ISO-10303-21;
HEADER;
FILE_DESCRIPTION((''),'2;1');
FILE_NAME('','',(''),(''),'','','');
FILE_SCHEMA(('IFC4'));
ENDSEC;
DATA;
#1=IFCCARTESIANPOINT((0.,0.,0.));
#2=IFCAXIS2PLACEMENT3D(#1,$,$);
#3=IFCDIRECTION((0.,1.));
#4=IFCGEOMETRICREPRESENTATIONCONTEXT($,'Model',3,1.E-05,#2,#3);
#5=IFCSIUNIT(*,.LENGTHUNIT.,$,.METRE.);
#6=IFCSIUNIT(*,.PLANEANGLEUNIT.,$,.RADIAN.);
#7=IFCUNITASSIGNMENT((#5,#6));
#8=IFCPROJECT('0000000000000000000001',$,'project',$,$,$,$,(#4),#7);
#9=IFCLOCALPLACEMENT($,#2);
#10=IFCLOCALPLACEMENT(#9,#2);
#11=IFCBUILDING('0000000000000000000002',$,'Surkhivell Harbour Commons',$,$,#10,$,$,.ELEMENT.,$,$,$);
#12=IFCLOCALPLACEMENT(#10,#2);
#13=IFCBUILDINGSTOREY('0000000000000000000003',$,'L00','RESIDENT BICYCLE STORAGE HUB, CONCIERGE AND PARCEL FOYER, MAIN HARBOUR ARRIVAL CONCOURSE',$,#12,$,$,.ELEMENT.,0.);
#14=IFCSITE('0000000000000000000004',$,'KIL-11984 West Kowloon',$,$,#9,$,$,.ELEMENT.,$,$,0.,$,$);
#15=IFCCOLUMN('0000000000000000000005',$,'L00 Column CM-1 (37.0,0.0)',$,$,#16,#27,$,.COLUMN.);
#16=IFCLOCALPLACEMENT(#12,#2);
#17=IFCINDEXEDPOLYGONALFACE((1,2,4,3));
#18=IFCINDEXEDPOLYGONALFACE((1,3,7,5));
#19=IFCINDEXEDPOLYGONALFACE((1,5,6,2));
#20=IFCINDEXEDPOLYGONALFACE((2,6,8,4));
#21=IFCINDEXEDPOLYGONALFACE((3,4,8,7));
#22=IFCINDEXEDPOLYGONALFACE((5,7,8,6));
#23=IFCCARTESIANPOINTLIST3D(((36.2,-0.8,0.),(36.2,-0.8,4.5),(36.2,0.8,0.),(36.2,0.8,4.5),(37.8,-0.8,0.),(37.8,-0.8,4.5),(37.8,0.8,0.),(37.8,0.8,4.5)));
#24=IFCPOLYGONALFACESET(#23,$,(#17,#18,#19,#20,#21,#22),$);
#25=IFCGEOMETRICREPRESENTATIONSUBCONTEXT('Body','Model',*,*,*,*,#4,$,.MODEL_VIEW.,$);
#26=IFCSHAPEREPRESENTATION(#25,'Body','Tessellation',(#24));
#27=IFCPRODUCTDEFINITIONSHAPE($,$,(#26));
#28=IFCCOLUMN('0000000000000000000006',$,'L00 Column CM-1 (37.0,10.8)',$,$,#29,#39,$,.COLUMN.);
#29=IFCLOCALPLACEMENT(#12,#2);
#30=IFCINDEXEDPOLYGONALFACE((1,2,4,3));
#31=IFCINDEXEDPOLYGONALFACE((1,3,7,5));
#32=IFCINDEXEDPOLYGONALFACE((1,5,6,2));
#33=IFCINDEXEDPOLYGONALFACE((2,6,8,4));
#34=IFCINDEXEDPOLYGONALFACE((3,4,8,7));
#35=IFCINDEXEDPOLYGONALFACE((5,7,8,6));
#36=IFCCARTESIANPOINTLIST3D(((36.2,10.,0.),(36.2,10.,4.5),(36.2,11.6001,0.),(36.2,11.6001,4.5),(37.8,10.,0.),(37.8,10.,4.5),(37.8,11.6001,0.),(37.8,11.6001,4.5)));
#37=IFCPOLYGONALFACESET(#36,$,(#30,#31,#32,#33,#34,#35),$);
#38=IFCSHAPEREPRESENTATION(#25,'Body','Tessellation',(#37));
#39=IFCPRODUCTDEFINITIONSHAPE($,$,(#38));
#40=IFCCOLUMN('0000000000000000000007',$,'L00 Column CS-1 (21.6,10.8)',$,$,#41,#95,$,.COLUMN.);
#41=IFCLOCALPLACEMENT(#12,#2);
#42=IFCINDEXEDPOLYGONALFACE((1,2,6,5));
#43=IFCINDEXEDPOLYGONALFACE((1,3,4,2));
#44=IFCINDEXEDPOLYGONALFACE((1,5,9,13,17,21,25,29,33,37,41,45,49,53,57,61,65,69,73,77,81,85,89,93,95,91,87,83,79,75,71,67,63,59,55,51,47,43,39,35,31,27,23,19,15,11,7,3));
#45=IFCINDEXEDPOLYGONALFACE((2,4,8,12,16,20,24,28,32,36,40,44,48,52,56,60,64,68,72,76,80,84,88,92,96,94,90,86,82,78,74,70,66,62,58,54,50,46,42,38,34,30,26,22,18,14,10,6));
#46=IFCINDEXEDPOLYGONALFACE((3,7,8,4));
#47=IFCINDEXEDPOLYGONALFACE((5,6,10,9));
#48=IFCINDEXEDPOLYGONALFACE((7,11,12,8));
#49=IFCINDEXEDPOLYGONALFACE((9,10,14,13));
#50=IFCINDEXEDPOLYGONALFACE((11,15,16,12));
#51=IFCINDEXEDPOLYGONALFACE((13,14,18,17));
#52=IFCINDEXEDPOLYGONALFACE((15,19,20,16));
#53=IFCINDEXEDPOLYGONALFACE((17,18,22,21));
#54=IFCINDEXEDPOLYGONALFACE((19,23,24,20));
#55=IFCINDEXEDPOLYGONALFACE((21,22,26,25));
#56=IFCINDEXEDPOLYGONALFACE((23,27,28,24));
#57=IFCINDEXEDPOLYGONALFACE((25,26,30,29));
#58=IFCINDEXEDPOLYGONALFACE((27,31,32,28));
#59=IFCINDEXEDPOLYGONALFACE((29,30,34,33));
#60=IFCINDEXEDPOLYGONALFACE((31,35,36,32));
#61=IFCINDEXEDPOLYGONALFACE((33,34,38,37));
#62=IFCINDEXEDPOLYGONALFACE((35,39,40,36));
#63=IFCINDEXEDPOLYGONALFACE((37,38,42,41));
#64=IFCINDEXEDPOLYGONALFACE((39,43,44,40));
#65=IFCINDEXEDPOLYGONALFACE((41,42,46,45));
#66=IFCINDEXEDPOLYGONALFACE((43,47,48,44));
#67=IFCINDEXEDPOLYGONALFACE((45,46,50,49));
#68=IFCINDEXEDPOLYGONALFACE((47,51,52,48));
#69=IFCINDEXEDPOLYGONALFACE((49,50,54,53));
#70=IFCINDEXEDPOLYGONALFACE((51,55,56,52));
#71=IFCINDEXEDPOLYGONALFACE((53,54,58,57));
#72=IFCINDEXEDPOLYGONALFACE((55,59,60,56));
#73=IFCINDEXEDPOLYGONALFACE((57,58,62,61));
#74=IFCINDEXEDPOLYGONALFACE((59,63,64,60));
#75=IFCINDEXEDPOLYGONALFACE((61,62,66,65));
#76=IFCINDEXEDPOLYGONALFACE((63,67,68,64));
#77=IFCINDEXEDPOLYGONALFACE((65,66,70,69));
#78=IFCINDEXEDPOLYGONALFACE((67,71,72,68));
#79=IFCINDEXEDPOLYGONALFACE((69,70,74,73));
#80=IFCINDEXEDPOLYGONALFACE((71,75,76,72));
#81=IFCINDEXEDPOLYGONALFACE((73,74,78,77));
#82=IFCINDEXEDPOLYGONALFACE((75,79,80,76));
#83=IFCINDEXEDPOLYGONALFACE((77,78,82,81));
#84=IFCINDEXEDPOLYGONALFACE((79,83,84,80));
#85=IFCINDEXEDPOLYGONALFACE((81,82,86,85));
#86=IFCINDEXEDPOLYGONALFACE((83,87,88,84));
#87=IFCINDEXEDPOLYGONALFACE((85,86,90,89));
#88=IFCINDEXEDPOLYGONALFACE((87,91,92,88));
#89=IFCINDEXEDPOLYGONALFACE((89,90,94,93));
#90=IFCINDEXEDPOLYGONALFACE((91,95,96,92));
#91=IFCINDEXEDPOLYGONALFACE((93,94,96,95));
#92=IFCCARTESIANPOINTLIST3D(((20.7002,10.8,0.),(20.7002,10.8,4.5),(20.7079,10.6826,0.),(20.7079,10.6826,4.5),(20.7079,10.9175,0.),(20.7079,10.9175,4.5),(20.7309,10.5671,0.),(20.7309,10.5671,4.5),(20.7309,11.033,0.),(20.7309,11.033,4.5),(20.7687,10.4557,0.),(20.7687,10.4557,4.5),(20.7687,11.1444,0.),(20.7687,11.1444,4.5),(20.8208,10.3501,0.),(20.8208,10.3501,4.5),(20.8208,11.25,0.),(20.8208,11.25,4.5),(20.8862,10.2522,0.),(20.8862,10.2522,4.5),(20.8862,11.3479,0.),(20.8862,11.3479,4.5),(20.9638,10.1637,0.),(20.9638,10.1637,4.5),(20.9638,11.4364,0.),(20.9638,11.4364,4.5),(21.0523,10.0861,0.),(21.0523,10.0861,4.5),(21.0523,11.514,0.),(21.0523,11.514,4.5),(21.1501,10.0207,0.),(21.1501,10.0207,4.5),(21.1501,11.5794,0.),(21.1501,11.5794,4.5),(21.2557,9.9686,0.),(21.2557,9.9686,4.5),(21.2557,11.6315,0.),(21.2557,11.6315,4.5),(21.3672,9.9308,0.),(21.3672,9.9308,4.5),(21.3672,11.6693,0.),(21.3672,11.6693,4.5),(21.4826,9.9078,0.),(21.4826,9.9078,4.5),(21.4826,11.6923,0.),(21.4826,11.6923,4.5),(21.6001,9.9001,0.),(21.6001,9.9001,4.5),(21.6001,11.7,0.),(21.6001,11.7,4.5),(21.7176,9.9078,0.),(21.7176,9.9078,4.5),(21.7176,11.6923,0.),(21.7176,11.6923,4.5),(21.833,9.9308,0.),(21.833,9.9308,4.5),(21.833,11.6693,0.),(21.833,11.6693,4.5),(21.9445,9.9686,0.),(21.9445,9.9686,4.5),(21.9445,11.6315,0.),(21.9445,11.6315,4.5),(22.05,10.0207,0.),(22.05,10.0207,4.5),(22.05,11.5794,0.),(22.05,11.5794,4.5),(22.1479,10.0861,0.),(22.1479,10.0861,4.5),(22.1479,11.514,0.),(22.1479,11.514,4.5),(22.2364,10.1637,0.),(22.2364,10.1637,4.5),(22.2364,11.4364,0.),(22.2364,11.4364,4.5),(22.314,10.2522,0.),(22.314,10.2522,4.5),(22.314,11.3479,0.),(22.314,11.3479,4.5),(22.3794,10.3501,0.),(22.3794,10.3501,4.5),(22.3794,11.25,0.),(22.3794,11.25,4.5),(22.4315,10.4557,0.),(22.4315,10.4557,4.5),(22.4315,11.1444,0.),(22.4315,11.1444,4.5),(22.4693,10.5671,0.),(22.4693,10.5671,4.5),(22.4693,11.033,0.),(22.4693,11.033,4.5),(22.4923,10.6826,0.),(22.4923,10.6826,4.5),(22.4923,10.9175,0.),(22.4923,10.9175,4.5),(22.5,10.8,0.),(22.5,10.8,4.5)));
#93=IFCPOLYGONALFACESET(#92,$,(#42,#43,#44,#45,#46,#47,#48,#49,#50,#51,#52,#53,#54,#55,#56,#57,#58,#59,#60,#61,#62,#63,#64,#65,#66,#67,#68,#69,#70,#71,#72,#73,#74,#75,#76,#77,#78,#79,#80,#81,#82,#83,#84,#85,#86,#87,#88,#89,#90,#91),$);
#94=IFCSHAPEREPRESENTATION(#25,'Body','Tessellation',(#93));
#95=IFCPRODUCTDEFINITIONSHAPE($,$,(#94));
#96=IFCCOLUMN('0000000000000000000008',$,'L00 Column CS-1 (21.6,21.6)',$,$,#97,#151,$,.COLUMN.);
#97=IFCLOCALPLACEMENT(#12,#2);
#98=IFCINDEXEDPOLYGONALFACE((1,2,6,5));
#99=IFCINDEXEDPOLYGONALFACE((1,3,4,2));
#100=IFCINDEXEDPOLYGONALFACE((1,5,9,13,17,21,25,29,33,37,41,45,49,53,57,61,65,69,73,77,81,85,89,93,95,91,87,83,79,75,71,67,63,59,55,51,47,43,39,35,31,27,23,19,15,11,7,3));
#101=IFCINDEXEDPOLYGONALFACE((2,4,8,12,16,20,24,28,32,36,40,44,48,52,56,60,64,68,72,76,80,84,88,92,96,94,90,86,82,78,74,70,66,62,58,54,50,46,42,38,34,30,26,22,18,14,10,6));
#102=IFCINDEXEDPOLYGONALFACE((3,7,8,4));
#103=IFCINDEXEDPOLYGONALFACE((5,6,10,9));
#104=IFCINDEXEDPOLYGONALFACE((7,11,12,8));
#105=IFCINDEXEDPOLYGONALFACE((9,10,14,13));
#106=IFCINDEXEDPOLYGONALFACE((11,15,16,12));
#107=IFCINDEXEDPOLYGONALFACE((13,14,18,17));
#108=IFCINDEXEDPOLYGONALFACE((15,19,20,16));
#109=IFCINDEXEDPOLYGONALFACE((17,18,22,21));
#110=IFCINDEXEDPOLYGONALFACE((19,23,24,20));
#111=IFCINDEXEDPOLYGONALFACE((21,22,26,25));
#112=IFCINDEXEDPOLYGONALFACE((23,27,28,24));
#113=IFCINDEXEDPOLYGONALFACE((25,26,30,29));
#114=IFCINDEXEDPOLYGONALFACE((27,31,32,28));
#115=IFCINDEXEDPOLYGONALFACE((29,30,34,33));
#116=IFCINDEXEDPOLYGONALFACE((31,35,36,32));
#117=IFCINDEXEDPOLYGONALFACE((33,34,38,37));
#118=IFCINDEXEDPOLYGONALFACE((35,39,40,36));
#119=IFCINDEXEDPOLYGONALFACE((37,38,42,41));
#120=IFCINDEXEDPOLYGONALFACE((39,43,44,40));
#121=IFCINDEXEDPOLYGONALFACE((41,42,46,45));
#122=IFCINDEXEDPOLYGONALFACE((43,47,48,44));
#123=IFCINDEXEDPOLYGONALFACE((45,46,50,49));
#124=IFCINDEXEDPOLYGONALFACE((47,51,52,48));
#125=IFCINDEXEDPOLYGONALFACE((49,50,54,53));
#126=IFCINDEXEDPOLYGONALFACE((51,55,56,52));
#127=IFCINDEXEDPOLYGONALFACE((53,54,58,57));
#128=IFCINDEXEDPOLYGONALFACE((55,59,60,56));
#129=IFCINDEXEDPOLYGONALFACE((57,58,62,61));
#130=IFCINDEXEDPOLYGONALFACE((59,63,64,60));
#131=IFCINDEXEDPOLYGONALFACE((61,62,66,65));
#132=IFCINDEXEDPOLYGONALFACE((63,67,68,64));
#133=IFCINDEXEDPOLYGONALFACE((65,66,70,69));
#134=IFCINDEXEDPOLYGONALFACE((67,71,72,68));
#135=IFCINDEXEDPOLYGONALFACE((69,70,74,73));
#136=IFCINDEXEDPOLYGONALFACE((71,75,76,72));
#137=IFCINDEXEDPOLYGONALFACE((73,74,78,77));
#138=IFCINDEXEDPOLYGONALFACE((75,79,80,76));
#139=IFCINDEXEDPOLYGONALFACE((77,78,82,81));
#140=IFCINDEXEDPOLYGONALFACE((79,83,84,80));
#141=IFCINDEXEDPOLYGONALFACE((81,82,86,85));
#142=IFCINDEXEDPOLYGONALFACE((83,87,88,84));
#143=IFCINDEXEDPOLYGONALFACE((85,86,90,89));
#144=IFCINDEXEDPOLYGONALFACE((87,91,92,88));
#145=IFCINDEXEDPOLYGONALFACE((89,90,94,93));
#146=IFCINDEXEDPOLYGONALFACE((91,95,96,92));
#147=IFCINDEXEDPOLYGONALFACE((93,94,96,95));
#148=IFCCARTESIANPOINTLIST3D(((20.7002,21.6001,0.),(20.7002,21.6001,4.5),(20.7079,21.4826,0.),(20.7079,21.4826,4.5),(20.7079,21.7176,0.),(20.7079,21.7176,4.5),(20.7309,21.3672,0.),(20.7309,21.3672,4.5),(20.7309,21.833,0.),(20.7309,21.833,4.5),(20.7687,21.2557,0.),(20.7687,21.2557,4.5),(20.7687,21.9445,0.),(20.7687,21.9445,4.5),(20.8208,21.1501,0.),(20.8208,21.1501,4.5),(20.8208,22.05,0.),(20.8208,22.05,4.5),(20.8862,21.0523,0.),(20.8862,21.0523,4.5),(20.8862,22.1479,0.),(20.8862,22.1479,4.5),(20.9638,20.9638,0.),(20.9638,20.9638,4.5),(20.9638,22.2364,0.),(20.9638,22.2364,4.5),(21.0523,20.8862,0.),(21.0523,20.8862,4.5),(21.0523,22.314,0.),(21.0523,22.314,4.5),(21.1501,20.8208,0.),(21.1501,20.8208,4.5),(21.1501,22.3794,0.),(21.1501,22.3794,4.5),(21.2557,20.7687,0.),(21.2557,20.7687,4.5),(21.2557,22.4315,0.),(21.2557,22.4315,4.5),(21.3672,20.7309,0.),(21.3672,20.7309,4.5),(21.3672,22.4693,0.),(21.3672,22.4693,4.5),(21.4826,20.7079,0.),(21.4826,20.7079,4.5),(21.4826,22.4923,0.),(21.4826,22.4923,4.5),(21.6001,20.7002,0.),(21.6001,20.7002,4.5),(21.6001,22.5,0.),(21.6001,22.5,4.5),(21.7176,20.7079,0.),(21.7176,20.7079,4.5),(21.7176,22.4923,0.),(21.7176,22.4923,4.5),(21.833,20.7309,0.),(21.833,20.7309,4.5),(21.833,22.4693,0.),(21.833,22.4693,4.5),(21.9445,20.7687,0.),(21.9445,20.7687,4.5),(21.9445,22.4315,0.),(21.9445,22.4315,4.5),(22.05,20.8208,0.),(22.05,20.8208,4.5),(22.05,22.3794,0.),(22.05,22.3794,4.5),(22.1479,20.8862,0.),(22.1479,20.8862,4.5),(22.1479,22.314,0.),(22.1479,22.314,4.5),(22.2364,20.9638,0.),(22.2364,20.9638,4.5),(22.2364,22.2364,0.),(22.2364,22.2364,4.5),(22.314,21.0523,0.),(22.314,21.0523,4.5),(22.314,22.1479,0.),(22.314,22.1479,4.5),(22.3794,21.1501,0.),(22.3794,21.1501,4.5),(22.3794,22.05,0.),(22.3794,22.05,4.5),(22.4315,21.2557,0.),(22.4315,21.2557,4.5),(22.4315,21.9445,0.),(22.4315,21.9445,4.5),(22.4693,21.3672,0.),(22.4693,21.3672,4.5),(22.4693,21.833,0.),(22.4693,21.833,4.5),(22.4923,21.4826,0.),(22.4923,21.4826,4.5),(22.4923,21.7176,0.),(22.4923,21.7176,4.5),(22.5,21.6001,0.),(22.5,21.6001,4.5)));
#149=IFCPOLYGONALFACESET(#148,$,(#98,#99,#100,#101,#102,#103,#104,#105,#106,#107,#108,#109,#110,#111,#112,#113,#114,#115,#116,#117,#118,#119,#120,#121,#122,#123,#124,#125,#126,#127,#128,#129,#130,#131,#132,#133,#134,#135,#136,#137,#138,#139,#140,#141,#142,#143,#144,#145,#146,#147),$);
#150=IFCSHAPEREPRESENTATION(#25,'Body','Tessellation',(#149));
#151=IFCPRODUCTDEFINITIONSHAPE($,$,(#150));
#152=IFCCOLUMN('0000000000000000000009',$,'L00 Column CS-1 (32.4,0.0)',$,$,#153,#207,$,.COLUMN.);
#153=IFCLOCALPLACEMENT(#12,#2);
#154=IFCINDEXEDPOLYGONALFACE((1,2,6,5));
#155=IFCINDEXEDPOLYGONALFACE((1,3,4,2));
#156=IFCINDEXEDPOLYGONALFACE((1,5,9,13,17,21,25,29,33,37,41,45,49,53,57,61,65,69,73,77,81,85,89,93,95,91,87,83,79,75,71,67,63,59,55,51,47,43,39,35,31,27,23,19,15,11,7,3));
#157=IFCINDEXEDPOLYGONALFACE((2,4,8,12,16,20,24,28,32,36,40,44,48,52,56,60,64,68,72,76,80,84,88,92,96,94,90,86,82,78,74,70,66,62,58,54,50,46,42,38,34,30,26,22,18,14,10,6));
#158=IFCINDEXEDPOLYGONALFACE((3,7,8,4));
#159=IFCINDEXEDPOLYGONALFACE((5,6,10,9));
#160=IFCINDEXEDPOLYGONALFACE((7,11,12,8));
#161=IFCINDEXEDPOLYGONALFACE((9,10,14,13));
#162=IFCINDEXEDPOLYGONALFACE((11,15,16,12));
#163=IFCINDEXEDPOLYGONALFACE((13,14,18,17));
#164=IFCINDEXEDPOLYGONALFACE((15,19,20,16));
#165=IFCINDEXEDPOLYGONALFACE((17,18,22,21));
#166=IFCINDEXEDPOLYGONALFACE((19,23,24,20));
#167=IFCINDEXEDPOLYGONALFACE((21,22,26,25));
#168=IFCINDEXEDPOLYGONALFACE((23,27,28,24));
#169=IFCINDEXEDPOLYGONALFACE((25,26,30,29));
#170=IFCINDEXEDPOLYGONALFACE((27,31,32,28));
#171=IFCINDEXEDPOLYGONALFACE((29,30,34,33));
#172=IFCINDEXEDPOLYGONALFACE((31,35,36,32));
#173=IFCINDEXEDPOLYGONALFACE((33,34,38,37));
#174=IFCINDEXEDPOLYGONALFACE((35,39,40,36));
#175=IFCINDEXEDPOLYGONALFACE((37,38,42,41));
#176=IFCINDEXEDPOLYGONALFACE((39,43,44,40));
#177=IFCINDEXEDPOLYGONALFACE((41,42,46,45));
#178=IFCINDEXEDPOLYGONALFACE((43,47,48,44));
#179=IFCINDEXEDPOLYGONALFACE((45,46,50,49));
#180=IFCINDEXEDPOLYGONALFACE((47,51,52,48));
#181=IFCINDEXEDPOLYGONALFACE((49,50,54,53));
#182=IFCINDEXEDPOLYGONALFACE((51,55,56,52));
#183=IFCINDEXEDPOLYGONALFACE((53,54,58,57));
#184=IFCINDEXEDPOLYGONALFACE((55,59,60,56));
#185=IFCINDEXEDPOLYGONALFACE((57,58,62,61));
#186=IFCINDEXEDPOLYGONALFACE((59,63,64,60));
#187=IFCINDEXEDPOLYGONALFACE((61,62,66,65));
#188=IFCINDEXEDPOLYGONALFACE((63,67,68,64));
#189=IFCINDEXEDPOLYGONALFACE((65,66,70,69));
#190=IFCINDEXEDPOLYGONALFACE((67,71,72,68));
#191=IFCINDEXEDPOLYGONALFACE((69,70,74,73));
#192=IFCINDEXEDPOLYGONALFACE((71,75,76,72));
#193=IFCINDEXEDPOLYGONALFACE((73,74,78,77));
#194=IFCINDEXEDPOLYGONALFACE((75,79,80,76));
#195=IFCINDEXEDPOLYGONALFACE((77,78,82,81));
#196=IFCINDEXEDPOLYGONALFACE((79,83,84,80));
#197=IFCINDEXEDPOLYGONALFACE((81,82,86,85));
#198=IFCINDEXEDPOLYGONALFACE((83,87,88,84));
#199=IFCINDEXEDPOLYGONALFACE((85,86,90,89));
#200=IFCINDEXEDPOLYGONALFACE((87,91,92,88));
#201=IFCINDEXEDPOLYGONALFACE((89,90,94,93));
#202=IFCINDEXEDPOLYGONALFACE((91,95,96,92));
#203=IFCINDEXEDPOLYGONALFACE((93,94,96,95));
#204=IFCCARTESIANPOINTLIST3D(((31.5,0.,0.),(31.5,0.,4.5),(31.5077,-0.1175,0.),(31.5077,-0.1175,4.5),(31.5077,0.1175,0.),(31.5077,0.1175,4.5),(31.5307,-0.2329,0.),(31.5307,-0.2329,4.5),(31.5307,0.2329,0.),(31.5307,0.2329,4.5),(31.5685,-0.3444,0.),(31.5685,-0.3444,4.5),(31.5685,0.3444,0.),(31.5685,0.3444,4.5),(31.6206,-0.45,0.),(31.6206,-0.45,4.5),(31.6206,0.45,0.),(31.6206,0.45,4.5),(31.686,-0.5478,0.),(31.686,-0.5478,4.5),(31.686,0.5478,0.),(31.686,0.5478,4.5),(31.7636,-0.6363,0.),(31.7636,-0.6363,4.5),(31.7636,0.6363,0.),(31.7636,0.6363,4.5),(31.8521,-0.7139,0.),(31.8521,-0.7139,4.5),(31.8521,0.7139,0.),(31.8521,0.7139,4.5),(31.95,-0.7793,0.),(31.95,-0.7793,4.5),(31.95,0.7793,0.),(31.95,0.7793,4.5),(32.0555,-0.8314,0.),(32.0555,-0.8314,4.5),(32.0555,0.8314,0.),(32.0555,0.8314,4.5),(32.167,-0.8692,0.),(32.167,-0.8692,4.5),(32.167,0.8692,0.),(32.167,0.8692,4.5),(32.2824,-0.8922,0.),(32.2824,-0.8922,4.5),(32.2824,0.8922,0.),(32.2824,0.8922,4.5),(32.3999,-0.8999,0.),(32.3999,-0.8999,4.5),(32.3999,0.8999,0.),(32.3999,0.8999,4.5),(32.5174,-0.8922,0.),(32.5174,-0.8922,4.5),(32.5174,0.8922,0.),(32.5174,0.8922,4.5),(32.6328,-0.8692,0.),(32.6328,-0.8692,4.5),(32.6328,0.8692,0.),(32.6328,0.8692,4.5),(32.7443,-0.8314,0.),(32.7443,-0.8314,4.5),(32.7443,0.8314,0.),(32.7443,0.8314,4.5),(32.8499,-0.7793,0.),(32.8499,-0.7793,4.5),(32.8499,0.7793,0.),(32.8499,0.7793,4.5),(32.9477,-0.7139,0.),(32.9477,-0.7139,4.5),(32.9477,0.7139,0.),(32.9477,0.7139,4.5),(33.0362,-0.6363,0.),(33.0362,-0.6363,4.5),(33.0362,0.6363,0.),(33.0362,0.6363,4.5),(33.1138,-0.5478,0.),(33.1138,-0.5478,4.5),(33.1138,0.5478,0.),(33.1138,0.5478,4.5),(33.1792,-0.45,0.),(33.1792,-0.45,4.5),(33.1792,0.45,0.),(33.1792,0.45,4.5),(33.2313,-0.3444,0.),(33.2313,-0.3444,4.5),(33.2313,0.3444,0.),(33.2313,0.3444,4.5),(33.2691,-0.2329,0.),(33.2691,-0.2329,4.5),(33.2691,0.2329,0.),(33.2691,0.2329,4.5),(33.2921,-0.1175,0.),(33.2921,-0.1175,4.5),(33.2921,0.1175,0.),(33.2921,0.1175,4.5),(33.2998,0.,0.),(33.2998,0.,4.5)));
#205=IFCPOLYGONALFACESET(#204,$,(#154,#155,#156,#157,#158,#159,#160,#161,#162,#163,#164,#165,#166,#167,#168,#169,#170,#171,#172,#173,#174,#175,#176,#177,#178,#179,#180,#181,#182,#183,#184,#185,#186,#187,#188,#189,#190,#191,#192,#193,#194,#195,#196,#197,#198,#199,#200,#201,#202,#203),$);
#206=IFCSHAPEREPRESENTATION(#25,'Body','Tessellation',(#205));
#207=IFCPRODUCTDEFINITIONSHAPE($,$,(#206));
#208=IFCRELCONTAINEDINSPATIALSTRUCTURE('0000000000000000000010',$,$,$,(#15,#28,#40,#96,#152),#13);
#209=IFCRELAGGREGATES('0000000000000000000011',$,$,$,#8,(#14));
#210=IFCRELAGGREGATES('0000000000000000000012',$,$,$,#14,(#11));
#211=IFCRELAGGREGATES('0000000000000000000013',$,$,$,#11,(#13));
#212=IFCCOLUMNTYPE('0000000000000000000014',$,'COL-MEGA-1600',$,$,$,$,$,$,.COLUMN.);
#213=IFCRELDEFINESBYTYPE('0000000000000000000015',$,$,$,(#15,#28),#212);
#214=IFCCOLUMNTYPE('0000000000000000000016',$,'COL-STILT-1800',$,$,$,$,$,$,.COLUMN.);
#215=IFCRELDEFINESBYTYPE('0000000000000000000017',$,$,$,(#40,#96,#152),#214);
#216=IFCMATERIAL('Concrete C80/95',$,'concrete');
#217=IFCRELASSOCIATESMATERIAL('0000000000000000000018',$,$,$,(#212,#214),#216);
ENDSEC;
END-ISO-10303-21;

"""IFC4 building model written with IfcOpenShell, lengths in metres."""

from ifc_helpers import new_model, si_unit, direction, frame, origin, origin_2d, place, context, subcontext, project, spatial, rectangle, circle, extrude, material, material_profile, profile_set, type_object, element, save


model = new_model("IFC4")

# Units and contexts
model_context = context("Model", 3, precision=1e-05, world=origin(), true_north=direction((0.0, 1.0)))
body_context = subcontext(model_context, "Body", "Model", "MODEL_VIEW")
ifc_project = project(units=[si_unit("LENGTHUNIT", "METRE"), si_unit("PLANEANGLEUNIT", "RADIAN")], contexts=[model_context])

# Site, building, storey
site_placement = place(None, origin())
site = spatial("IfcSite", under=ifc_project, at=site_placement, Name="KIL-11984 West Kowloon", CompositionType="ELEMENT", RefElevation=0.0)
building_placement = place(site_placement, origin())
building = spatial("IfcBuilding", under=site, at=building_placement, Name="Surkhivell Harbour Commons", CompositionType="ELEMENT")
storey_placement = place(building_placement, origin())
storey = spatial("IfcBuildingStorey", under=building, at=storey_placement, Name="L00", Description="RESIDENT BICYCLE STORAGE HUB, CONCIERGE AND PARCEL FOYER, MAIN HARBOUR ARRIVAL CONCOURSE", CompositionType="ELEMENT", Elevation=0.0)

# Columns
ifc_material_1 = material(Name="Concrete C80/95", Category="concrete")
ifc_material_profile_1 = material_profile(ifc_material_1, rectangle(XDim=1.6001, YDim=1.6001, at=origin_2d()), Name="RC-COL-1600x1600")
ifc_profile_set_1 = profile_set([ifc_material_profile_1], Name="Concrete C80/95")
column_type_1 = type_object("IfcColumnType", Name="COL-MEGA-1600", PredefinedType="COLUMN", material=ifc_profile_set_1)
for number, where, z_axis, x_axis, name in (
    (1, (37.0, 0.0, 0.0), (0.0, 0.0, 1.0), (1.0, 0.0, 0.0), "L00 Column CM-1 (37.0,0.0)"),
    (2, (37.0, 10.8, 0.0), (0.0, 0.0, 1.0), (1.0, 0.0, 0.0), "L00 Column CM-1 (37.0,10.8)"),
):
    element("IfcColumn", number, at=place(storey_placement, frame(where, z_axis=z_axis, x_axis=x_axis)), inside=storey, type_object=column_type_1, Name=name, PredefinedType="COLUMN", context=body_context, shape_type="SweptSolid", body=[
        extrude(rectangle(XDim=1.6001, YDim=1.6001, at=origin_2d()), origin(), (0.0, 0.0, 1.0), 4.5),
    ])
ifc_material_profile_2 = material_profile(ifc_material_1, circle(Radius=0.8999, at=origin_2d()), Name="RC-CIRC-1800")
ifc_profile_set_2 = profile_set([ifc_material_profile_2], Name="Concrete C80/95")
column_type_2 = type_object("IfcColumnType", Name="COL-STILT-1800", PredefinedType="COLUMN", material=ifc_profile_set_2)
for number, where, z_axis, x_axis, name in (
    (3, (21.6001, 10.8, 0.0), (0.0, 0.0, 1.0), (1.0, 0.0, 0.0), "L00 Column CS-1 (21.6,10.8)"),
    (4, (21.6001, 21.6001, 0.0), (0.0, 0.0, 1.0), (1.0, 0.0, 0.0), "L00 Column CS-1 (21.6,21.6)"),
    (5, (32.3999, 0.0, 0.0), (0.0, 0.0, 1.0), (1.0, 0.0, 0.0), "L00 Column CS-1 (32.4,0.0)"),
):
    element("IfcColumn", number, at=place(storey_placement, frame(where, z_axis=z_axis, x_axis=x_axis)), inside=storey, type_object=column_type_2, Name=name, PredefinedType="COLUMN", context=body_context, shape_type="SweptSolid", body=[
        extrude(circle(Radius=0.8999, at=origin_2d()), origin(), (0.0, 0.0, 1.0), 4.5),
    ])

save(model, "model.ifc")
